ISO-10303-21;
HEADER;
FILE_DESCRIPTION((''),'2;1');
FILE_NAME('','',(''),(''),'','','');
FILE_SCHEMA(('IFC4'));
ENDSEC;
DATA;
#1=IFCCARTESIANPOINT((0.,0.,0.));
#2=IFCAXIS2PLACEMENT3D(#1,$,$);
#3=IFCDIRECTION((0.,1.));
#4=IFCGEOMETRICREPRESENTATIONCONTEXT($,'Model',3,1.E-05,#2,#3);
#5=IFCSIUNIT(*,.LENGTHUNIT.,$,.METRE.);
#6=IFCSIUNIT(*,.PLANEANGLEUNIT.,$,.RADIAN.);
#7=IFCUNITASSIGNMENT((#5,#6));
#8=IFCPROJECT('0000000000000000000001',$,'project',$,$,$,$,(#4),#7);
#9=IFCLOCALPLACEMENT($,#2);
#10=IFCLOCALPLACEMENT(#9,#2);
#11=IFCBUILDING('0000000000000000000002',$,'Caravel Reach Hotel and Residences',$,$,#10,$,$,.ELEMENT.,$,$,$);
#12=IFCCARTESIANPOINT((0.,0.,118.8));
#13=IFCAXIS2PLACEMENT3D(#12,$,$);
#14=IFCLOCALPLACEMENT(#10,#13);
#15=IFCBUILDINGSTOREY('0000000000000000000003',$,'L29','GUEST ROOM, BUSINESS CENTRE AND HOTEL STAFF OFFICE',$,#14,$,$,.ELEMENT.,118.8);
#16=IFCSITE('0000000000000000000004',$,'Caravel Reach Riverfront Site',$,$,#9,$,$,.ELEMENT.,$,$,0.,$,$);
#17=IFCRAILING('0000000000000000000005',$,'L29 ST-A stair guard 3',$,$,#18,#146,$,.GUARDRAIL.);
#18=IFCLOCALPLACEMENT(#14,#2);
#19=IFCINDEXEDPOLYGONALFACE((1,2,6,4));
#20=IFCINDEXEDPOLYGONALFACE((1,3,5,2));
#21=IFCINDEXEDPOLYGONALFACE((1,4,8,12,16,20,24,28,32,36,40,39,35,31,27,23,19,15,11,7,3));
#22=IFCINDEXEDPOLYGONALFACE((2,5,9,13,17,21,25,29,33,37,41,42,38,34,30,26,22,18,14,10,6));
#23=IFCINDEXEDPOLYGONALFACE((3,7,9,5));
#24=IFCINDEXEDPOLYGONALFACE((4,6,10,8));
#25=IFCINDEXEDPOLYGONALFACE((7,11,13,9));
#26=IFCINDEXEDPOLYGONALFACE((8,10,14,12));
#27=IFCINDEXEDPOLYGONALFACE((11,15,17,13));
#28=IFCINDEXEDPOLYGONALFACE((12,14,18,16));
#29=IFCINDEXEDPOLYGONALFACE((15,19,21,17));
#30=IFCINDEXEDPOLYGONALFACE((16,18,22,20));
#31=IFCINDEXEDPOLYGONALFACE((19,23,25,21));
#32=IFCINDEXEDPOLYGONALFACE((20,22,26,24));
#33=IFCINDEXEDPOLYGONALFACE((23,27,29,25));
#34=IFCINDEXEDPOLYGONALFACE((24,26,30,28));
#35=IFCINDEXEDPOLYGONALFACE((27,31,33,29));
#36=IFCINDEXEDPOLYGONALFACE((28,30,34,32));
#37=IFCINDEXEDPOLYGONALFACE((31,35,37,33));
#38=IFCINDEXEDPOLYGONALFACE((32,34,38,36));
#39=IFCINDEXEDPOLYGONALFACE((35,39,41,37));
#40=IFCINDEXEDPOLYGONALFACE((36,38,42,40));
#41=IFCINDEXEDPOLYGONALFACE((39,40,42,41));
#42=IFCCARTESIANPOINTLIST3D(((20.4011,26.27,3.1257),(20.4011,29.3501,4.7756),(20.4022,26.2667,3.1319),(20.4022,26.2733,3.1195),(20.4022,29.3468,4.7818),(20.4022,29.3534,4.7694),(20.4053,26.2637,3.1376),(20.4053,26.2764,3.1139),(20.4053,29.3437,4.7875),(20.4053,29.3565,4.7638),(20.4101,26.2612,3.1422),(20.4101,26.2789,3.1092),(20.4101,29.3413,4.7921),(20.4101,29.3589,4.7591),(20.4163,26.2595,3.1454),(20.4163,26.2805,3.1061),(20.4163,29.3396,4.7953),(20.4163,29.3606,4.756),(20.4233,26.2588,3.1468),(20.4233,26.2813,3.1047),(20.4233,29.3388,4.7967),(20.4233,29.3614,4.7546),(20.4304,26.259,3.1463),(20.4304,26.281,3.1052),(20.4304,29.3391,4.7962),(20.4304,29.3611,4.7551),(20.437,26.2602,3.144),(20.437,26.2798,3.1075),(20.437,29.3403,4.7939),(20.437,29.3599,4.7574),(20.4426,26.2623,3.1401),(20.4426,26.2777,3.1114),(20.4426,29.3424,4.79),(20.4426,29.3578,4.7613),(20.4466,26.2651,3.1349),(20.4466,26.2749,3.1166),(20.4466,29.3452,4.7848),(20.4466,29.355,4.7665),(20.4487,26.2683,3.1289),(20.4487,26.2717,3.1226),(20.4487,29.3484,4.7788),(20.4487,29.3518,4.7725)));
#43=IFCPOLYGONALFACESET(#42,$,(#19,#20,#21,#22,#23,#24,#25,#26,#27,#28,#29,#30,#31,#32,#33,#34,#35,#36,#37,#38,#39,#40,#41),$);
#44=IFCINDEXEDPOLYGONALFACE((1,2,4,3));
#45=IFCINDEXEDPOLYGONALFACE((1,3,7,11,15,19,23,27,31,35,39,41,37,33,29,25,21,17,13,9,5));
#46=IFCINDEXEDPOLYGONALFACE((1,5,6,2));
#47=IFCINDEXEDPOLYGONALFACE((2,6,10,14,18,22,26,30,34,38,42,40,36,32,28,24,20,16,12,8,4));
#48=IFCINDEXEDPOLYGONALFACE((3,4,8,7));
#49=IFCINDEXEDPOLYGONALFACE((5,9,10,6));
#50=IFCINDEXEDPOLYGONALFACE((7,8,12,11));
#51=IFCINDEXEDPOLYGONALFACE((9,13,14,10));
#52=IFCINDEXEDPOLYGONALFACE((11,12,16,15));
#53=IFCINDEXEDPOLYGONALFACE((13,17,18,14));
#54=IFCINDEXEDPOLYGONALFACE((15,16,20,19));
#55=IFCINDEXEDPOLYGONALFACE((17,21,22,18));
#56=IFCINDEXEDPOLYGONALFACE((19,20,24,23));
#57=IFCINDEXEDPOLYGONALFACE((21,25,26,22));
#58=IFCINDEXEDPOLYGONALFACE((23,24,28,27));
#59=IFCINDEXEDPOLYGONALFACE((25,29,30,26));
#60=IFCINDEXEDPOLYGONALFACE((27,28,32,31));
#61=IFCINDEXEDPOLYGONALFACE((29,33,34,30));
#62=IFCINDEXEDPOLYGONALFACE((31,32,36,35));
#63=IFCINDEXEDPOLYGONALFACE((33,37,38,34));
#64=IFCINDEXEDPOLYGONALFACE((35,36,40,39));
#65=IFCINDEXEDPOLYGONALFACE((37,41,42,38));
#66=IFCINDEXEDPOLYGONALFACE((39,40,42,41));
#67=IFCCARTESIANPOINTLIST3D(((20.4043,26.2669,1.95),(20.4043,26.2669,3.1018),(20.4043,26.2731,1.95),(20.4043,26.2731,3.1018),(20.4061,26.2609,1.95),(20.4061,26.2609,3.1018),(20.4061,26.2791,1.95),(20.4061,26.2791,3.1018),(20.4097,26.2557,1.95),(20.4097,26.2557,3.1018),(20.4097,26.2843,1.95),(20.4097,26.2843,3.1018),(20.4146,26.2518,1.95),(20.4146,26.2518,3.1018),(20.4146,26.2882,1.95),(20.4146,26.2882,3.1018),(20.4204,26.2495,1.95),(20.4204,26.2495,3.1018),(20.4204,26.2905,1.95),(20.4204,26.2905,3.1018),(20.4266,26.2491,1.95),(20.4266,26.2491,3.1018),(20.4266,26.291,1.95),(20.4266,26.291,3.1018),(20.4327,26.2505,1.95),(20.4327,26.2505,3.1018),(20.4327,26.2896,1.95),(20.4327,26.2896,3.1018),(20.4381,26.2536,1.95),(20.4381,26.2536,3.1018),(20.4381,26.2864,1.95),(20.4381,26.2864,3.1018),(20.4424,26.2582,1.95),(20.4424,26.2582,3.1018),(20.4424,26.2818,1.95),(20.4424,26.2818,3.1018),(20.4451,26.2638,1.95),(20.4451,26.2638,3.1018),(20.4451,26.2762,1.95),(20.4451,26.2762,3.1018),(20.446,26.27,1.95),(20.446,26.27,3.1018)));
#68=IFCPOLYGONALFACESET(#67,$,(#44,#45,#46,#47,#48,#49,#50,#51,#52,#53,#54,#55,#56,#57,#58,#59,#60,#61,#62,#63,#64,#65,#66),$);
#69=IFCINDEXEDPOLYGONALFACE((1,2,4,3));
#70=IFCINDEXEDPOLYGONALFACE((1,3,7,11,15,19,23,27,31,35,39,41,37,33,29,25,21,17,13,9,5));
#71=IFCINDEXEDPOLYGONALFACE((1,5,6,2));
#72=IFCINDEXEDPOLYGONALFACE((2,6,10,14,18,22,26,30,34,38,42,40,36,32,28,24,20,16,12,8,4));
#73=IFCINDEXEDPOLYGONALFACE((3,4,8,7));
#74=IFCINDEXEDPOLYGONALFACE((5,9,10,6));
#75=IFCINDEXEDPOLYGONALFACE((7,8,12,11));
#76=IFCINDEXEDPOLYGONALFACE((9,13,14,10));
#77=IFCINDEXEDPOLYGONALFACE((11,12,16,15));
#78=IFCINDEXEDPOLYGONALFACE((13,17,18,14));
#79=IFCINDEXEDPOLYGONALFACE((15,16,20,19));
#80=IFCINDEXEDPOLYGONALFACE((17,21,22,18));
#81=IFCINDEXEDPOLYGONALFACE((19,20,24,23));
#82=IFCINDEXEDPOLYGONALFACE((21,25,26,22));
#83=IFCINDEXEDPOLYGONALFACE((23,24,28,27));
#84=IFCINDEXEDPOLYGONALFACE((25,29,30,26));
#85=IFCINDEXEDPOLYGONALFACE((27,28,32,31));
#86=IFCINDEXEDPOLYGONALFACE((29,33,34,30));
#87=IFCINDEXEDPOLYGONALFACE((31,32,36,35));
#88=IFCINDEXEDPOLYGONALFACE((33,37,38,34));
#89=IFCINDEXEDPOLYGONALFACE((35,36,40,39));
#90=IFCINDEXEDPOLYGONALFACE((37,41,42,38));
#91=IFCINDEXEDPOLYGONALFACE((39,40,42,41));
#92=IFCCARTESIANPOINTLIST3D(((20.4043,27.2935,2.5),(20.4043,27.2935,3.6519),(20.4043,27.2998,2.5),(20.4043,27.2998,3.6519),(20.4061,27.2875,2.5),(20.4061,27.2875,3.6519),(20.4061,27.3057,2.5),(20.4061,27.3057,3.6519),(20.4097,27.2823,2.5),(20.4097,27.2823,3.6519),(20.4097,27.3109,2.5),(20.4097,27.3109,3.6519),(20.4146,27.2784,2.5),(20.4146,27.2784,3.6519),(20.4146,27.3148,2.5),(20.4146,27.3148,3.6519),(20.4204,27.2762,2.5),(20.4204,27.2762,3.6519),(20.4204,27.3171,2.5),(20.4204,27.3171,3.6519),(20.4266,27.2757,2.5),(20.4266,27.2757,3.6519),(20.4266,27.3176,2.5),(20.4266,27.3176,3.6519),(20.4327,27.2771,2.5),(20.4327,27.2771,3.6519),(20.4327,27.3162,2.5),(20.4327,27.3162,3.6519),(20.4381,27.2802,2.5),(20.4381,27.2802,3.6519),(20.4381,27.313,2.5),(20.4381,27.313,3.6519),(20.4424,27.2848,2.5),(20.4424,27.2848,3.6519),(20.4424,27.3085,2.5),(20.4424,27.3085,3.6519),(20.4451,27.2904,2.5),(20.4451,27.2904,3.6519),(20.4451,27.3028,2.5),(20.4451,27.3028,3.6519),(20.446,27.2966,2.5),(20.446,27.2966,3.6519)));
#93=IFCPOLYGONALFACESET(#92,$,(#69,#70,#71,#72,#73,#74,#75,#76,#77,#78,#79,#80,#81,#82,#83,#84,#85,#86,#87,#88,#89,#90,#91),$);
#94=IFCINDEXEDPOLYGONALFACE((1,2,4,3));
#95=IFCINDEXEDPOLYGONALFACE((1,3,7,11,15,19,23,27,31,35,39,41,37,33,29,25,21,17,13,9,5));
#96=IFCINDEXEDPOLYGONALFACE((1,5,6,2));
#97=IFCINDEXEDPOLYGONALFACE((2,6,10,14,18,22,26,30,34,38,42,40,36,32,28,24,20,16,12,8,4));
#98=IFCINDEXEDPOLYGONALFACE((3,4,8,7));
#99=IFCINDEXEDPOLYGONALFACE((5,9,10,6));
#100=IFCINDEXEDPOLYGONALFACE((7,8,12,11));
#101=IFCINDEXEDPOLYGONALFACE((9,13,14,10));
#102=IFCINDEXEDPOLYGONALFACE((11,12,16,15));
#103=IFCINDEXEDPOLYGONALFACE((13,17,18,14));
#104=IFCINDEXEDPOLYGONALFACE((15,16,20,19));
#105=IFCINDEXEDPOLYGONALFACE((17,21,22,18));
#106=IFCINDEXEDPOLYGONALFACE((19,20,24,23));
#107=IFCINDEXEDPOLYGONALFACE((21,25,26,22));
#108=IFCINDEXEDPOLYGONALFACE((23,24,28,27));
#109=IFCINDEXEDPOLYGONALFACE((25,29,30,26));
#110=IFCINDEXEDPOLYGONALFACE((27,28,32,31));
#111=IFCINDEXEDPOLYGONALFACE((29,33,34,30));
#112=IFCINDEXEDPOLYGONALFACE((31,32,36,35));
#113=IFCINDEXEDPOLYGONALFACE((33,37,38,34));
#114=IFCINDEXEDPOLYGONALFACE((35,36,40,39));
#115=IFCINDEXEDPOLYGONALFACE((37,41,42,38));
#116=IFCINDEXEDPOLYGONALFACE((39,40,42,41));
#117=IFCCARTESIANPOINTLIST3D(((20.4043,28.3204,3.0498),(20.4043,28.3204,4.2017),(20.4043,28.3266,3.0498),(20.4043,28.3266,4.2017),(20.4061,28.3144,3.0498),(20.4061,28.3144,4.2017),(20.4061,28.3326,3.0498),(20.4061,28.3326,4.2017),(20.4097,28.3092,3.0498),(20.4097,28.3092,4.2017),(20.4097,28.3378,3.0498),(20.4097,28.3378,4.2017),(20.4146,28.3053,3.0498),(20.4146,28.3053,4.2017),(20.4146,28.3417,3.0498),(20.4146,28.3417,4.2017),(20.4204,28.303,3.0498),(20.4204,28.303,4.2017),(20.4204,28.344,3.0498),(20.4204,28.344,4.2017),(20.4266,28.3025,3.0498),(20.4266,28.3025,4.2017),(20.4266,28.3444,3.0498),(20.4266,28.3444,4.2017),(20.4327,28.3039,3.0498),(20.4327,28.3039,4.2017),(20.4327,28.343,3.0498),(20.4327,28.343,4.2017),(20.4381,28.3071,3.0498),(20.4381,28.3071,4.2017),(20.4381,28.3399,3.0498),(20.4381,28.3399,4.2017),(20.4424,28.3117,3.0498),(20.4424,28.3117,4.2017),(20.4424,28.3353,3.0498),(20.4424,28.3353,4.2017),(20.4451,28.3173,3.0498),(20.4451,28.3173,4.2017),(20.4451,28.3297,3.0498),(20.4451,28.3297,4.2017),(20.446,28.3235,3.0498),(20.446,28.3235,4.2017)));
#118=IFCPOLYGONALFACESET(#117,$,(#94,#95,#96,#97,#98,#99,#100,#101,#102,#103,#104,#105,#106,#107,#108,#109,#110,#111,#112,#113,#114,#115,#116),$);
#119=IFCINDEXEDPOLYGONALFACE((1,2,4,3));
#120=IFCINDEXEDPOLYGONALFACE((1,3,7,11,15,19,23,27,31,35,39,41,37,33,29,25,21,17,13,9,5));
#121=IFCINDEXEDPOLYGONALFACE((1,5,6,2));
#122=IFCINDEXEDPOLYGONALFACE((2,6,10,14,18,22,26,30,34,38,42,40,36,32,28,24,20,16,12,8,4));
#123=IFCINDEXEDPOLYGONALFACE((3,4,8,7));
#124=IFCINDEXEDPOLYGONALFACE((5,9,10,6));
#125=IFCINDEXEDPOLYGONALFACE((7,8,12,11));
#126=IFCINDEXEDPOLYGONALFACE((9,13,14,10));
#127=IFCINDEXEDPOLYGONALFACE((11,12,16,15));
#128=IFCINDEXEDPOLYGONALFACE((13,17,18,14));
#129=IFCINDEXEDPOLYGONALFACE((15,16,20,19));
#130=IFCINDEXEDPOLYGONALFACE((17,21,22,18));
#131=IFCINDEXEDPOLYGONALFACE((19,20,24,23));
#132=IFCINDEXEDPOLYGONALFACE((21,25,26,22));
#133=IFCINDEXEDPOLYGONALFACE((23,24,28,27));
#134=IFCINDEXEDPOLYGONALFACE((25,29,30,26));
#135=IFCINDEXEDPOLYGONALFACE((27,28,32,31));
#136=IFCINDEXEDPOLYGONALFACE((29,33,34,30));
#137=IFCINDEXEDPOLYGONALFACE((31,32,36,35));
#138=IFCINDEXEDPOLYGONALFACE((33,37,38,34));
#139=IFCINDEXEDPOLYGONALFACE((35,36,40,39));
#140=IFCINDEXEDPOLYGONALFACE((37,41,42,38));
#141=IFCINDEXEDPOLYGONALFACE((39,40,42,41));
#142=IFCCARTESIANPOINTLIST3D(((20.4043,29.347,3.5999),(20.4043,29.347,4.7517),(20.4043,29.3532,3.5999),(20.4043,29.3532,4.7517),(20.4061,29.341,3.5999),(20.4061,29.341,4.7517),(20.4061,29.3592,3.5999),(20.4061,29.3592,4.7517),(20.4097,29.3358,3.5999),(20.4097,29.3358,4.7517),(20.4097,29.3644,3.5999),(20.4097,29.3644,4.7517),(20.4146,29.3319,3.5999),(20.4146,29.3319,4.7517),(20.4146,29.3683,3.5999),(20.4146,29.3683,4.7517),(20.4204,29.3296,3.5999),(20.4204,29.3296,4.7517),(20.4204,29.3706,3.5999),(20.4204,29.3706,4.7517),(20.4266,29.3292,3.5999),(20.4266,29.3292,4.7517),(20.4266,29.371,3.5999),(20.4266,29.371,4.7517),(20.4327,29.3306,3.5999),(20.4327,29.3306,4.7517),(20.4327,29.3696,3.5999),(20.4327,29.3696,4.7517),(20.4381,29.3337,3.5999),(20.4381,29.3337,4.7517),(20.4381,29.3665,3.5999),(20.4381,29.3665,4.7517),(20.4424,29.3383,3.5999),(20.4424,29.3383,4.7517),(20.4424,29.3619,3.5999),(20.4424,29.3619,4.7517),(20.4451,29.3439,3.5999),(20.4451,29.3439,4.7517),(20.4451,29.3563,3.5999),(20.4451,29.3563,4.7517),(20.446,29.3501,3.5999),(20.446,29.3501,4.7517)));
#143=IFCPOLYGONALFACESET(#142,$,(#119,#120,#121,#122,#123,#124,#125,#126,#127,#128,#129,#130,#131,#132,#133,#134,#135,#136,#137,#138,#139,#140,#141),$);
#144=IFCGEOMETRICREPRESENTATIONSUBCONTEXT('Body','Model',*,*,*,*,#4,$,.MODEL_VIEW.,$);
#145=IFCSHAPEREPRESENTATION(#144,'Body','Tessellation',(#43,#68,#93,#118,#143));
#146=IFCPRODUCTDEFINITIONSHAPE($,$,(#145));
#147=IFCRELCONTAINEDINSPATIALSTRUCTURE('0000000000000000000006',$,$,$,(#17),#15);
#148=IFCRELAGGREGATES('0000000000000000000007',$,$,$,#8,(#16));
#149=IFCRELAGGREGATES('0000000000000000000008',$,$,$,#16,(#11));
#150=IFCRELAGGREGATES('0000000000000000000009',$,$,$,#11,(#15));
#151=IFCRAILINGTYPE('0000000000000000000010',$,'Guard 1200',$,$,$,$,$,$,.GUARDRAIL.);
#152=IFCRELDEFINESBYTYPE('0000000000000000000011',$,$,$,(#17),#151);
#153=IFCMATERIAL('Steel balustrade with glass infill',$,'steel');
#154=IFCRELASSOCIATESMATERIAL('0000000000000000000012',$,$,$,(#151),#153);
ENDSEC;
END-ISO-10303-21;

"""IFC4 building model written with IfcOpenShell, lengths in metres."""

from ifc_helpers import new_model, si_unit, direction, frame, origin, origin_2d, place, context, subcontext, project, spatial, circle, extrude, material, type_object, element, save


model = new_model("IFC4")

# Units and contexts
model_context = context("Model", 3, precision=1e-05, world=origin(), true_north=direction((0.0, 1.0)))
body_context = subcontext(model_context, "Body", "Model", "MODEL_VIEW")
ifc_project = project(units=[si_unit("LENGTHUNIT", "METRE"), si_unit("PLANEANGLEUNIT", "RADIAN")], contexts=[model_context])

# Site, building, storey
site_placement = place(None, origin())
site = spatial("IfcSite", under=ifc_project, at=site_placement, Name="Caravel Reach Riverfront Site", CompositionType="ELEMENT", RefElevation=0.0)
building_placement = place(site_placement, origin())
building = spatial("IfcBuilding", under=site, at=building_placement, Name="Caravel Reach Hotel and Residences", CompositionType="ELEMENT")
storey_placement = place(building_placement, frame((0.0, 0.0, 118.8)))
storey = spatial("IfcBuildingStorey", under=building, at=storey_placement, Name="L29", Description="GUEST ROOM, BUSINESS CENTRE AND HOTEL STAFF OFFICE", CompositionType="ELEMENT", Elevation=118.8)

# Railing
ifc_material_1 = material(Name="Steel balustrade with glass infill", Category="steel")
railing_type_1 = type_object("IfcRailingType", Name="Guard 1200", PredefinedType="GUARDRAIL", material=ifc_material_1)
railing_1_placement = place(storey_placement, frame((20.425, 26.27, 1.95)))
element("IfcRailing", 1, at=railing_1_placement, inside=storey, type_object=railing_type_1, Name="L29 ST-A stair guard 3", PredefinedType="GUARDRAIL", context=body_context, shape_type="SweptSolid", body=[
    extrude(circle(Radius=0.0239, at=origin_2d()), frame((0.0, 0.0, 1.1758), z_axis=(0.0, 0.881497, 0.47219), x_axis=(-1.0, 0.0, 0.0)), (0.0, 0.0, 1.0), 3.4941),
    extrude(circle(Radius=0.021, at=origin_2d()), origin(), (0.0, 0.0, 1.0), 1.1519),
    extrude(circle(Radius=0.021, at=origin_2d()), frame((0.0, 1.0266, 0.55)), (0.0, 0.0, 1.0), 1.1519),
    extrude(circle(Radius=0.021, at=origin_2d()), frame((0.0, 2.0535, 1.0999)), (0.0, 0.0, 1.0), 1.1519),
    extrude(circle(Radius=0.021, at=origin_2d()), frame((0.0, 3.0801, 1.6499)), (0.0, 0.0, 1.0), 1.1519),
])

save(model, "model.ifc")
